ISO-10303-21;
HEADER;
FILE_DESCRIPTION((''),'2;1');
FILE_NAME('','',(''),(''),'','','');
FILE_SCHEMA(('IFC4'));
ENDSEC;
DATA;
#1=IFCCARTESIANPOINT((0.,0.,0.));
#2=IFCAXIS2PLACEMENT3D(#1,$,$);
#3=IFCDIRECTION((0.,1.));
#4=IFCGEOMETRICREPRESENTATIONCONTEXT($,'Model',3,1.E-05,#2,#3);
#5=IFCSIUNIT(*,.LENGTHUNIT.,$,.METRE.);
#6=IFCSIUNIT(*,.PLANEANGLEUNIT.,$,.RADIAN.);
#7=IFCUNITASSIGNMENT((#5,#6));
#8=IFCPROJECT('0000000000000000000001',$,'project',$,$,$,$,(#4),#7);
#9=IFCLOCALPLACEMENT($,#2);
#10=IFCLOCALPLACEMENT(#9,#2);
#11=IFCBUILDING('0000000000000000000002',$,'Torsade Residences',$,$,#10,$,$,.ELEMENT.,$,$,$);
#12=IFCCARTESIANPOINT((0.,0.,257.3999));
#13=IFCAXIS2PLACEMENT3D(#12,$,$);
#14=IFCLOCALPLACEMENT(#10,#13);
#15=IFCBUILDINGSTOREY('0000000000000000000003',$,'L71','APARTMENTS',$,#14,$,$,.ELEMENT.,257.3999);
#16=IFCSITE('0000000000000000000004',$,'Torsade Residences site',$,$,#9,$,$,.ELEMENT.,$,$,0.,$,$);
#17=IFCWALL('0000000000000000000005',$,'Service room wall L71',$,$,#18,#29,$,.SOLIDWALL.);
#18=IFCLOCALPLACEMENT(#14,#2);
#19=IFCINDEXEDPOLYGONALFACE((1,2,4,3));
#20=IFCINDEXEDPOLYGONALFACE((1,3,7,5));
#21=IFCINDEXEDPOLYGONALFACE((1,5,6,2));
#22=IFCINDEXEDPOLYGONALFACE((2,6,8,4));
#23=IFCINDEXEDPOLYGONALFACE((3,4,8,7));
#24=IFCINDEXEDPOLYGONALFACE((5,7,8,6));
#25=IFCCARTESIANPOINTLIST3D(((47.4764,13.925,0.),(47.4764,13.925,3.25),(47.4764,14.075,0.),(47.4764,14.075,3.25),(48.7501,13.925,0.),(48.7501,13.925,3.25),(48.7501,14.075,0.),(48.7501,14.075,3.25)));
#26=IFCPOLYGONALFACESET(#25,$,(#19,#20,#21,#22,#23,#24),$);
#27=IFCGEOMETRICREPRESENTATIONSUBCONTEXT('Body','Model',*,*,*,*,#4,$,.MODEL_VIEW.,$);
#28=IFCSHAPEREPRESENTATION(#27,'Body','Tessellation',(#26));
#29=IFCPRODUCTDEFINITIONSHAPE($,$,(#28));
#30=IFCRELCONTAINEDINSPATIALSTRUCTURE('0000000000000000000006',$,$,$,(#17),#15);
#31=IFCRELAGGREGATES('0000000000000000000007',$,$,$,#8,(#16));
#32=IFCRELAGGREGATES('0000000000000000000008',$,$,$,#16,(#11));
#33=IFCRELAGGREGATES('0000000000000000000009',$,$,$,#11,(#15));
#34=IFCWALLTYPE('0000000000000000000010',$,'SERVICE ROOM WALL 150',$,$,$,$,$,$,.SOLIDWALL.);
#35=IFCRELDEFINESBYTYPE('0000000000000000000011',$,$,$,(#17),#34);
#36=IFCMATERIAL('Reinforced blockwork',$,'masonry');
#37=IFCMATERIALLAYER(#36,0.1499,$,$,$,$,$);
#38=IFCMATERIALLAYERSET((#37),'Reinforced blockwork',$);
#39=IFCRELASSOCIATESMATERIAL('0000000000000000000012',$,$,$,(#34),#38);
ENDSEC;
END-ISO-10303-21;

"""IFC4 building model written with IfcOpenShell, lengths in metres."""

from ifc_helpers import new_model, si_unit, direction, frame, frame_2d, origin, place, context, subcontext, project, spatial, rectangle, extrude, material, layer, layer_set, type_object, element, save


model = new_model("IFC4")

# Units and contexts
model_context = context("Model", 3, precision=1e-05, world=origin(), true_north=direction((0.0, 1.0)))
body_context = subcontext(model_context, "Body", "Model", "MODEL_VIEW")
ifc_project = project(units=[si_unit("LENGTHUNIT", "METRE"), si_unit("PLANEANGLEUNIT", "RADIAN")], contexts=[model_context])

# Site, building, storey
site_placement = place(None, origin())
site = spatial("IfcSite", under=ifc_project, at=site_placement, Name="Torsade Residences site", CompositionType="ELEMENT", RefElevation=0.0)
building_placement = place(site_placement, origin())
building = spatial("IfcBuilding", under=site, at=building_placement, Name="Torsade Residences", CompositionType="ELEMENT")
storey_placement = place(building_placement, frame((0.0, 0.0, 257.3999)))
storey = spatial("IfcBuildingStorey", under=building, at=storey_placement, Name="L71", Description="APARTMENTS", CompositionType="ELEMENT", Elevation=257.3999)

# Wall
ifc_material_1 = material(Name="Reinforced blockwork", Category="masonry")
ifc_layer_1 = layer(ifc_material_1, 0.1499)
ifc_layer_set_1 = layer_set([ifc_layer_1], Name="Reinforced blockwork")
wall_type_1 = type_object("IfcWallType", Name="SERVICE ROOM WALL 150", PredefinedType="SOLIDWALL", material=ifc_layer_set_1)
wall_1_placement = place(storey_placement, frame((48.75, 14.0, 0.0), z_axis=(0.0, 0.0, 1.0), x_axis=(-1.0, 0.0, 0.0)))
element("IfcWall", 1, at=wall_1_placement, inside=storey, type_object=wall_type_1, Name="Service room wall L71", PredefinedType="SOLIDWALL", context=body_context, shape_type="SweptSolid", body=[
    extrude(rectangle(XDim=1.2737, YDim=0.1499, at=frame_2d((0.6367, 0.0))), origin(), (0.0, 0.0, 1.0), 3.25),
])

save(model, "model.ifc")
